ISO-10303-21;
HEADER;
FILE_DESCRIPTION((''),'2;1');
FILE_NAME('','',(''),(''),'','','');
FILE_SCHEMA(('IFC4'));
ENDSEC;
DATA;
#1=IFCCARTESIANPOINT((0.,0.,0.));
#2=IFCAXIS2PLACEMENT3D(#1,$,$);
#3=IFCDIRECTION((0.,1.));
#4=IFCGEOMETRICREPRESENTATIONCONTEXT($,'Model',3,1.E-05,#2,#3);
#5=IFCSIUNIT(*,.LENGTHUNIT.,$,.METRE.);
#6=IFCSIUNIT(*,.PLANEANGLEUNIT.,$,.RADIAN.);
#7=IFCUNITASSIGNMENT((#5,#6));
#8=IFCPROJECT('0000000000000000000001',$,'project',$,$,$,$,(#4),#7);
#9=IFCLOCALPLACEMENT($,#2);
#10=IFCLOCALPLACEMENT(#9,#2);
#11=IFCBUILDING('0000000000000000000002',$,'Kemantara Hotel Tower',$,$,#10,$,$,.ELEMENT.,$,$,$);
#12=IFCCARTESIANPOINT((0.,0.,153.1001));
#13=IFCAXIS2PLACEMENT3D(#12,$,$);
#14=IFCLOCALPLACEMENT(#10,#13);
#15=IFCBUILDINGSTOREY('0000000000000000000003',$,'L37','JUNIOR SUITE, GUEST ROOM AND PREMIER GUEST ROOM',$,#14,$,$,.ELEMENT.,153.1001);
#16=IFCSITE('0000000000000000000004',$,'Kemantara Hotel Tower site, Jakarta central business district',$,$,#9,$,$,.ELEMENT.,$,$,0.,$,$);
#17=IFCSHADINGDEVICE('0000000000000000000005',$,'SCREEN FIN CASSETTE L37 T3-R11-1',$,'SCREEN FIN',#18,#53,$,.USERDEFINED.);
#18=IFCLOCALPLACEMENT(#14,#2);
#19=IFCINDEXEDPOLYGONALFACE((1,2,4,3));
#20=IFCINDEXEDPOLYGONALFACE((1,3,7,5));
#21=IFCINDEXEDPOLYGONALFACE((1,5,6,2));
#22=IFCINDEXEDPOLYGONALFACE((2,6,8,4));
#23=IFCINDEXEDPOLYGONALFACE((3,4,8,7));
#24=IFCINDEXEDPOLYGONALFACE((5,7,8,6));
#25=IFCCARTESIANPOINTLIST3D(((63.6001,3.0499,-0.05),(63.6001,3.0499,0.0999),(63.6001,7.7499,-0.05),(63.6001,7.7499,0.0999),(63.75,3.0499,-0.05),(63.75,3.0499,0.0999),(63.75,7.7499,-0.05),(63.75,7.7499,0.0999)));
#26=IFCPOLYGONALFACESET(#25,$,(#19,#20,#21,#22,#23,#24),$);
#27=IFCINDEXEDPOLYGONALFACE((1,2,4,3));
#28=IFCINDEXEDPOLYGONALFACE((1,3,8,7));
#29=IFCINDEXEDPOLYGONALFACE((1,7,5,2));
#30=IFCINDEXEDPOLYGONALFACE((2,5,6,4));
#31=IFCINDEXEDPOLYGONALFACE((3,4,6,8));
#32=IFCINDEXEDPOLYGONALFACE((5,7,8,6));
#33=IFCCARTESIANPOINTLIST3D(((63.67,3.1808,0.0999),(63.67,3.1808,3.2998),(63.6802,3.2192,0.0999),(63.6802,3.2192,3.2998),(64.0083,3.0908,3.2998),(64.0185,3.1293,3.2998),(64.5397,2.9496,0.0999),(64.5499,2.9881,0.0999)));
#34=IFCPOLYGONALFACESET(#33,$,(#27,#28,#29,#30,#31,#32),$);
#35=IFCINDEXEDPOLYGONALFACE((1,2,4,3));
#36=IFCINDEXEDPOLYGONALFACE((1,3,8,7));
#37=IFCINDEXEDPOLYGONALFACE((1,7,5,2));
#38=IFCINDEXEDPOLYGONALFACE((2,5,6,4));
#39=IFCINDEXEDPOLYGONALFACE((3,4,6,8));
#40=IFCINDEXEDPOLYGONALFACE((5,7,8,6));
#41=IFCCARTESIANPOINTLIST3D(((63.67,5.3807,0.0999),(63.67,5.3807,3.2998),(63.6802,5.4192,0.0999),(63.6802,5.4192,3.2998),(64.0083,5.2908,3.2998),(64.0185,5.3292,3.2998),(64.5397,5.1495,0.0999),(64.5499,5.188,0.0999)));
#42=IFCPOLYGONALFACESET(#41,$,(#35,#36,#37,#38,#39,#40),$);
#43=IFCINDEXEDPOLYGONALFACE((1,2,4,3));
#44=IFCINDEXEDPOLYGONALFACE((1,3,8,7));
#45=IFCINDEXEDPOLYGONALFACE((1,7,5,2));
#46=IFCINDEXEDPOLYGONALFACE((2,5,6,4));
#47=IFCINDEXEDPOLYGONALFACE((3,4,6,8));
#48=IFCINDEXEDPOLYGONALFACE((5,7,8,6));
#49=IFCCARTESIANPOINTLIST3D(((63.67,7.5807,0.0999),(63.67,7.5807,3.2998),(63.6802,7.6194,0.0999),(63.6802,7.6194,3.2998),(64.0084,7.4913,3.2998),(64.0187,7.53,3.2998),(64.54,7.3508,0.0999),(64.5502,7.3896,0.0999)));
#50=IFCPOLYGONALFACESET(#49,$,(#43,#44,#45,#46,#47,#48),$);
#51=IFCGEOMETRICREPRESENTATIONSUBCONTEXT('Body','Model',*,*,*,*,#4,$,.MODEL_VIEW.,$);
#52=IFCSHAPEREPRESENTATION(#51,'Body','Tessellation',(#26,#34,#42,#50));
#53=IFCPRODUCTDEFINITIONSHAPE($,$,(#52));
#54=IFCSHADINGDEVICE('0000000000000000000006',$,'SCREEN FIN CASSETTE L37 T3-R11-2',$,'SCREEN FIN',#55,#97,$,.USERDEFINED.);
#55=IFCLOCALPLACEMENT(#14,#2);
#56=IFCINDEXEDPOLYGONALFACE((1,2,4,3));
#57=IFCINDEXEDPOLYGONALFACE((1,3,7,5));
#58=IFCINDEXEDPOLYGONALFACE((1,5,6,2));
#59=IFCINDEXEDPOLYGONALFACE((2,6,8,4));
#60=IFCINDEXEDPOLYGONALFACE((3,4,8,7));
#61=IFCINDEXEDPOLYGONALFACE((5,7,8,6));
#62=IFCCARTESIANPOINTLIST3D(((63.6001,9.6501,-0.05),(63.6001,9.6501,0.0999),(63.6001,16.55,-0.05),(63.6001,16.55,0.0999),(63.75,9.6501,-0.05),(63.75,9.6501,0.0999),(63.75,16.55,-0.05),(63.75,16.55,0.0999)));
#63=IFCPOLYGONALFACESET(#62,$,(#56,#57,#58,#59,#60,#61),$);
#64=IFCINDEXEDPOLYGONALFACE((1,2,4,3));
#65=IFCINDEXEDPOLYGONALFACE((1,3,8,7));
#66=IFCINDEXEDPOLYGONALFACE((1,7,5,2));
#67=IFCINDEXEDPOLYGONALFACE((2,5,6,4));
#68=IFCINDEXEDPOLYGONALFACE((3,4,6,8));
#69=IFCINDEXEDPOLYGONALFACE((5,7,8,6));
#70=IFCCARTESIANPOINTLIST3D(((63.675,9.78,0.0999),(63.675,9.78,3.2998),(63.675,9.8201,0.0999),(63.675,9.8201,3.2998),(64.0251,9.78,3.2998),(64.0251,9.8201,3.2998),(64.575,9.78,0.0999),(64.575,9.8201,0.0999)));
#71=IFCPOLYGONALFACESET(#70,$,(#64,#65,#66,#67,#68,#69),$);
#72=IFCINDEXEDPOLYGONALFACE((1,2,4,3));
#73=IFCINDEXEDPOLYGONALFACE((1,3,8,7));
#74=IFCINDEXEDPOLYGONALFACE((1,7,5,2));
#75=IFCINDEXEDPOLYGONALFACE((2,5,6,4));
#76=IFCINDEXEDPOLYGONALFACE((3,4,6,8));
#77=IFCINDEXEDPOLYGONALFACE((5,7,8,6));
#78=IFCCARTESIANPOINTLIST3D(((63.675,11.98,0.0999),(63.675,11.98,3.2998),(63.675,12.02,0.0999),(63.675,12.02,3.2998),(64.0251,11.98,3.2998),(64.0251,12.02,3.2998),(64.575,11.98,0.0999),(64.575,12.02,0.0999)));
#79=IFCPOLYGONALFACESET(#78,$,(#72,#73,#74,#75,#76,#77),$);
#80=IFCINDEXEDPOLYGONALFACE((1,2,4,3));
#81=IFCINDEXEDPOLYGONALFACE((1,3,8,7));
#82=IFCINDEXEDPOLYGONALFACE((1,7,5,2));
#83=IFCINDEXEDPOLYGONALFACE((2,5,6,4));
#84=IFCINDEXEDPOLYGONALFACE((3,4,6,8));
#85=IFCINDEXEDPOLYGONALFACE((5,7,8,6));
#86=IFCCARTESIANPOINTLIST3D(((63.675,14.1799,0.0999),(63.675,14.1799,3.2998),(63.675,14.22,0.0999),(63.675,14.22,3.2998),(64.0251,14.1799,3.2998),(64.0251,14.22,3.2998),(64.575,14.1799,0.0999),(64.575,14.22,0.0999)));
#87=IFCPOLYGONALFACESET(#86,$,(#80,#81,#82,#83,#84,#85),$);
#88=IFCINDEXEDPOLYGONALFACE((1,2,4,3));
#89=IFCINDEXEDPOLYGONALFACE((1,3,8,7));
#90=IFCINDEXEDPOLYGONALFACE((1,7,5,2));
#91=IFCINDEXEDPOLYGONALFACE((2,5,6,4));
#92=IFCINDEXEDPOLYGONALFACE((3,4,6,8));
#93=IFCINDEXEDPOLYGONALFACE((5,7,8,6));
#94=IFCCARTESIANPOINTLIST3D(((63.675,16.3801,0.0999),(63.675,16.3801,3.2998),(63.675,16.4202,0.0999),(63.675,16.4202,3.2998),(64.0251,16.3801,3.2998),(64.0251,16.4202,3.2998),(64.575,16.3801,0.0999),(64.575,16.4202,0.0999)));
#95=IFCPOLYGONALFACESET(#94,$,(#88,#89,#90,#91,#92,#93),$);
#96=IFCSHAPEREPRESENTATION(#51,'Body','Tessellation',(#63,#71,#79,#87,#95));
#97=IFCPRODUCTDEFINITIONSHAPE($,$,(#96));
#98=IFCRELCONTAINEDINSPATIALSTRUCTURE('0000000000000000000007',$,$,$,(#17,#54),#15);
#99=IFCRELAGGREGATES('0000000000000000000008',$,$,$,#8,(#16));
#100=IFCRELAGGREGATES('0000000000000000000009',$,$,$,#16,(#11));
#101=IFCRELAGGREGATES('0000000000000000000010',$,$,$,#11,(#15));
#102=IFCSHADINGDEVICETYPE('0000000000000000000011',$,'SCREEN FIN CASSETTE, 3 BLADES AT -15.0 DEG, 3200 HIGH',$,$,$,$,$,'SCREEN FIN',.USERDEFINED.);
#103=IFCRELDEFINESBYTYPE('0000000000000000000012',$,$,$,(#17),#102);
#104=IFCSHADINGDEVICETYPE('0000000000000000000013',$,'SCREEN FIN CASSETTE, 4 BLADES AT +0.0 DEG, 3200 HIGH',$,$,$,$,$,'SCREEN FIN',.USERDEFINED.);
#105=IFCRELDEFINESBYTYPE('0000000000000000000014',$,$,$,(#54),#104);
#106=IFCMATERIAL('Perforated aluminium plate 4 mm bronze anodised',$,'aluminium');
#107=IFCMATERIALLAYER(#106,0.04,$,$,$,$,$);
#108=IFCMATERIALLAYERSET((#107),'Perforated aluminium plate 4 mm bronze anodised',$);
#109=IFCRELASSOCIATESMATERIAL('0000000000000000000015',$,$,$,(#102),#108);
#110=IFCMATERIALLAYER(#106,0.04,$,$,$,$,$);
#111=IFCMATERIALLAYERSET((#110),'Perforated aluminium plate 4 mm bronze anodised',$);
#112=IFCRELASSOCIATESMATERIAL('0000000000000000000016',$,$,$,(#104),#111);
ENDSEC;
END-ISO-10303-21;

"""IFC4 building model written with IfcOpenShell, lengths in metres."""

from ifc_helpers import new_model, si_unit, direction, frame, origin, origin_2d, place, context, subcontext, project, spatial, polyline, rectangle, outline, extrude, source, transform, mapped, material, layer, layer_set, type_object, element, save


model = new_model("IFC4")

# Units and contexts
model_context = context("Model", 3, precision=1e-05, world=origin(), true_north=direction((0.0, 1.0)))
body_context = subcontext(model_context, "Body", "Model", "MODEL_VIEW")
ifc_project = project(units=[si_unit("LENGTHUNIT", "METRE"), si_unit("PLANEANGLEUNIT", "RADIAN")], contexts=[model_context])

# Site, building, storey
site_placement = place(None, origin())
site = spatial("IfcSite", under=ifc_project, at=site_placement, Name="Kemantara Hotel Tower site, Jakarta central business district", CompositionType="ELEMENT", RefElevation=0.0)
building_placement = place(site_placement, origin())
building = spatial("IfcBuilding", under=site, at=building_placement, Name="Kemantara Hotel Tower", CompositionType="ELEMENT")
storey_placement = place(building_placement, frame((0.0, 0.0, 153.1001)))
storey = spatial("IfcBuildingStorey", under=building, at=storey_placement, Name="L37", Description="JUNIOR SUITE, GUEST ROOM AND PREMIER GUEST ROOM", CompositionType="ELEMENT", Elevation=153.1001)

# Shading devices
ifc_material_1 = material(Name="Perforated aluminium plate 4 mm bronze anodised", Category="aluminium")
ifc_layer_1 = layer(ifc_material_1, 0.04)
ifc_layer_set_1 = layer_set([ifc_layer_1], Name="Perforated aluminium plate 4 mm bronze anodised")
shading_device_type_1 = type_object("IfcShadingDeviceType", Name="SCREEN FIN CASSETTE, 3 BLADES AT -15.0 DEG, 3200 HIGH", ElementType="SCREEN FIN", PredefinedType="USERDEFINED", material=ifc_layer_set_1)
shared_shape_1 = source(origin(), body_context, "Body", "SweptSolid", [
    extrude(rectangle(XDim=4.7, YDim=0.1499, at=origin_2d()), frame((2.2, -0.075, -0.1499), z_axis=(0.0, 0.0, 1.0), x_axis=(1.0, 0.0, 0.0)), (0.0, 0.0, 1.0), 0.1499),
    extrude(outline(polyline([(0.0, 0.0), (0.8999, 0.0), (0.3501, 3.2), (0.0, 3.2), (0.0, 0.0)])), frame((0.0193, -0.0801, 0.0), z_axis=(-0.966438, 0.256901, 0.0), x_axis=(-0.256901, -0.966438, 0.0)), (0.0, 0.0, 1.0), 0.0398),
    extrude(outline(polyline([(0.0, 0.0), (0.8999, 0.0), (0.3501, 3.2), (0.0, 3.2), (0.0, 0.0)])), frame((2.2192, -0.0801, 0.0), z_axis=(-0.966438, 0.256901, 0.0), x_axis=(-0.256901, -0.966438, 0.0)), (0.0, 0.0, 1.0), 0.0398),
    extrude(outline(polyline([(0.0, 0.0), (0.8999, 0.0), (0.3501, 3.2), (0.0, 3.2), (0.0, 0.0)])), frame((4.4194, -0.0801, 0.0), z_axis=(-0.966838, 0.255391, 0.0), x_axis=(-0.255391, -0.966838, 0.0)), (0.0, 0.0, 1.0), 0.04),
])
shading_device_1_placement = place(storey_placement, frame((63.6001, 3.2, 0.0999), z_axis=(0.0, 0.0, 1.0), x_axis=(0.0, 1.0, 0.0)))
element("IfcShadingDevice", 1, at=shading_device_1_placement, inside=storey, type_object=shading_device_type_1, Name="SCREEN FIN CASSETTE L37 T3-R11-1", ObjectType="SCREEN FIN", PredefinedType="USERDEFINED", context=body_context, shape_type="MappedRepresentation", body=[
    mapped(shared_shape_1, transform((0.0, 0.0, 0.0))),
])
ifc_layer_2 = layer(ifc_material_1, 0.04)
ifc_layer_set_2 = layer_set([ifc_layer_2], Name="Perforated aluminium plate 4 mm bronze anodised")
shading_device_type_2 = type_object("IfcShadingDeviceType", Name="SCREEN FIN CASSETTE, 4 BLADES AT +0.0 DEG, 3200 HIGH", ElementType="SCREEN FIN", PredefinedType="USERDEFINED", material=ifc_layer_set_2)
shared_shape_2 = source(origin(), body_context, "Body", "SweptSolid", [
    extrude(rectangle(XDim=6.8999, YDim=0.1499, at=origin_2d()), frame((3.3, -0.075, -0.1499), z_axis=(0.0, 0.0, 1.0), x_axis=(1.0, 0.0, 0.0)), (0.0, 0.0, 1.0), 0.1499),
    extrude(outline(polyline([(0.0, 0.0), (0.8999, 0.0), (0.3501, 3.2), (0.0, 3.2), (0.0, 0.0)])), frame((0.02, -0.075, 0.0), z_axis=(-1.0, 0.0, 0.0), x_axis=(0.0, -1.0, 0.0)), (0.0, 0.0, 1.0), 0.04),
    extrude(outline(polyline([(0.0, 0.0), (0.8999, 0.0), (0.3501, 3.2), (0.0, 3.2), (0.0, 0.0)])), frame((2.22, -0.075, 0.0), z_axis=(-1.0, 0.0, 0.0), x_axis=(0.0, -1.0, 0.0)), (0.0, 0.0, 1.0), 0.04),
    extrude(outline(polyline([(0.0, 0.0), (0.8999, 0.0), (0.3501, 3.2), (0.0, 3.2), (0.0, 0.0)])), frame((4.4199, -0.075, 0.0), z_axis=(-1.0, 0.0, 0.0), x_axis=(0.0, -1.0, 0.0)), (0.0, 0.0, 1.0), 0.04),
    extrude(outline(polyline([(0.0, 0.0), (0.8999, 0.0), (0.3501, 3.2), (0.0, 3.2), (0.0, 0.0)])), frame((6.6201, -0.075, 0.0), z_axis=(-1.0, 0.0, 0.0), x_axis=(0.0, -1.0, 0.0)), (0.0, 0.0, 1.0), 0.04),
])
shading_device_2_placement = place(storey_placement, frame((63.6001, 9.8, 0.0999), z_axis=(0.0, 0.0, 1.0), x_axis=(0.0, 1.0, 0.0)))
element("IfcShadingDevice", 2, at=shading_device_2_placement, inside=storey, type_object=shading_device_type_2, Name="SCREEN FIN CASSETTE L37 T3-R11-2", ObjectType="SCREEN FIN", PredefinedType="USERDEFINED", context=body_context, shape_type="MappedRepresentation", body=[
    mapped(shared_shape_2, transform((0.0, 0.0, 0.0))),
])

save(model, "model.ifc")
